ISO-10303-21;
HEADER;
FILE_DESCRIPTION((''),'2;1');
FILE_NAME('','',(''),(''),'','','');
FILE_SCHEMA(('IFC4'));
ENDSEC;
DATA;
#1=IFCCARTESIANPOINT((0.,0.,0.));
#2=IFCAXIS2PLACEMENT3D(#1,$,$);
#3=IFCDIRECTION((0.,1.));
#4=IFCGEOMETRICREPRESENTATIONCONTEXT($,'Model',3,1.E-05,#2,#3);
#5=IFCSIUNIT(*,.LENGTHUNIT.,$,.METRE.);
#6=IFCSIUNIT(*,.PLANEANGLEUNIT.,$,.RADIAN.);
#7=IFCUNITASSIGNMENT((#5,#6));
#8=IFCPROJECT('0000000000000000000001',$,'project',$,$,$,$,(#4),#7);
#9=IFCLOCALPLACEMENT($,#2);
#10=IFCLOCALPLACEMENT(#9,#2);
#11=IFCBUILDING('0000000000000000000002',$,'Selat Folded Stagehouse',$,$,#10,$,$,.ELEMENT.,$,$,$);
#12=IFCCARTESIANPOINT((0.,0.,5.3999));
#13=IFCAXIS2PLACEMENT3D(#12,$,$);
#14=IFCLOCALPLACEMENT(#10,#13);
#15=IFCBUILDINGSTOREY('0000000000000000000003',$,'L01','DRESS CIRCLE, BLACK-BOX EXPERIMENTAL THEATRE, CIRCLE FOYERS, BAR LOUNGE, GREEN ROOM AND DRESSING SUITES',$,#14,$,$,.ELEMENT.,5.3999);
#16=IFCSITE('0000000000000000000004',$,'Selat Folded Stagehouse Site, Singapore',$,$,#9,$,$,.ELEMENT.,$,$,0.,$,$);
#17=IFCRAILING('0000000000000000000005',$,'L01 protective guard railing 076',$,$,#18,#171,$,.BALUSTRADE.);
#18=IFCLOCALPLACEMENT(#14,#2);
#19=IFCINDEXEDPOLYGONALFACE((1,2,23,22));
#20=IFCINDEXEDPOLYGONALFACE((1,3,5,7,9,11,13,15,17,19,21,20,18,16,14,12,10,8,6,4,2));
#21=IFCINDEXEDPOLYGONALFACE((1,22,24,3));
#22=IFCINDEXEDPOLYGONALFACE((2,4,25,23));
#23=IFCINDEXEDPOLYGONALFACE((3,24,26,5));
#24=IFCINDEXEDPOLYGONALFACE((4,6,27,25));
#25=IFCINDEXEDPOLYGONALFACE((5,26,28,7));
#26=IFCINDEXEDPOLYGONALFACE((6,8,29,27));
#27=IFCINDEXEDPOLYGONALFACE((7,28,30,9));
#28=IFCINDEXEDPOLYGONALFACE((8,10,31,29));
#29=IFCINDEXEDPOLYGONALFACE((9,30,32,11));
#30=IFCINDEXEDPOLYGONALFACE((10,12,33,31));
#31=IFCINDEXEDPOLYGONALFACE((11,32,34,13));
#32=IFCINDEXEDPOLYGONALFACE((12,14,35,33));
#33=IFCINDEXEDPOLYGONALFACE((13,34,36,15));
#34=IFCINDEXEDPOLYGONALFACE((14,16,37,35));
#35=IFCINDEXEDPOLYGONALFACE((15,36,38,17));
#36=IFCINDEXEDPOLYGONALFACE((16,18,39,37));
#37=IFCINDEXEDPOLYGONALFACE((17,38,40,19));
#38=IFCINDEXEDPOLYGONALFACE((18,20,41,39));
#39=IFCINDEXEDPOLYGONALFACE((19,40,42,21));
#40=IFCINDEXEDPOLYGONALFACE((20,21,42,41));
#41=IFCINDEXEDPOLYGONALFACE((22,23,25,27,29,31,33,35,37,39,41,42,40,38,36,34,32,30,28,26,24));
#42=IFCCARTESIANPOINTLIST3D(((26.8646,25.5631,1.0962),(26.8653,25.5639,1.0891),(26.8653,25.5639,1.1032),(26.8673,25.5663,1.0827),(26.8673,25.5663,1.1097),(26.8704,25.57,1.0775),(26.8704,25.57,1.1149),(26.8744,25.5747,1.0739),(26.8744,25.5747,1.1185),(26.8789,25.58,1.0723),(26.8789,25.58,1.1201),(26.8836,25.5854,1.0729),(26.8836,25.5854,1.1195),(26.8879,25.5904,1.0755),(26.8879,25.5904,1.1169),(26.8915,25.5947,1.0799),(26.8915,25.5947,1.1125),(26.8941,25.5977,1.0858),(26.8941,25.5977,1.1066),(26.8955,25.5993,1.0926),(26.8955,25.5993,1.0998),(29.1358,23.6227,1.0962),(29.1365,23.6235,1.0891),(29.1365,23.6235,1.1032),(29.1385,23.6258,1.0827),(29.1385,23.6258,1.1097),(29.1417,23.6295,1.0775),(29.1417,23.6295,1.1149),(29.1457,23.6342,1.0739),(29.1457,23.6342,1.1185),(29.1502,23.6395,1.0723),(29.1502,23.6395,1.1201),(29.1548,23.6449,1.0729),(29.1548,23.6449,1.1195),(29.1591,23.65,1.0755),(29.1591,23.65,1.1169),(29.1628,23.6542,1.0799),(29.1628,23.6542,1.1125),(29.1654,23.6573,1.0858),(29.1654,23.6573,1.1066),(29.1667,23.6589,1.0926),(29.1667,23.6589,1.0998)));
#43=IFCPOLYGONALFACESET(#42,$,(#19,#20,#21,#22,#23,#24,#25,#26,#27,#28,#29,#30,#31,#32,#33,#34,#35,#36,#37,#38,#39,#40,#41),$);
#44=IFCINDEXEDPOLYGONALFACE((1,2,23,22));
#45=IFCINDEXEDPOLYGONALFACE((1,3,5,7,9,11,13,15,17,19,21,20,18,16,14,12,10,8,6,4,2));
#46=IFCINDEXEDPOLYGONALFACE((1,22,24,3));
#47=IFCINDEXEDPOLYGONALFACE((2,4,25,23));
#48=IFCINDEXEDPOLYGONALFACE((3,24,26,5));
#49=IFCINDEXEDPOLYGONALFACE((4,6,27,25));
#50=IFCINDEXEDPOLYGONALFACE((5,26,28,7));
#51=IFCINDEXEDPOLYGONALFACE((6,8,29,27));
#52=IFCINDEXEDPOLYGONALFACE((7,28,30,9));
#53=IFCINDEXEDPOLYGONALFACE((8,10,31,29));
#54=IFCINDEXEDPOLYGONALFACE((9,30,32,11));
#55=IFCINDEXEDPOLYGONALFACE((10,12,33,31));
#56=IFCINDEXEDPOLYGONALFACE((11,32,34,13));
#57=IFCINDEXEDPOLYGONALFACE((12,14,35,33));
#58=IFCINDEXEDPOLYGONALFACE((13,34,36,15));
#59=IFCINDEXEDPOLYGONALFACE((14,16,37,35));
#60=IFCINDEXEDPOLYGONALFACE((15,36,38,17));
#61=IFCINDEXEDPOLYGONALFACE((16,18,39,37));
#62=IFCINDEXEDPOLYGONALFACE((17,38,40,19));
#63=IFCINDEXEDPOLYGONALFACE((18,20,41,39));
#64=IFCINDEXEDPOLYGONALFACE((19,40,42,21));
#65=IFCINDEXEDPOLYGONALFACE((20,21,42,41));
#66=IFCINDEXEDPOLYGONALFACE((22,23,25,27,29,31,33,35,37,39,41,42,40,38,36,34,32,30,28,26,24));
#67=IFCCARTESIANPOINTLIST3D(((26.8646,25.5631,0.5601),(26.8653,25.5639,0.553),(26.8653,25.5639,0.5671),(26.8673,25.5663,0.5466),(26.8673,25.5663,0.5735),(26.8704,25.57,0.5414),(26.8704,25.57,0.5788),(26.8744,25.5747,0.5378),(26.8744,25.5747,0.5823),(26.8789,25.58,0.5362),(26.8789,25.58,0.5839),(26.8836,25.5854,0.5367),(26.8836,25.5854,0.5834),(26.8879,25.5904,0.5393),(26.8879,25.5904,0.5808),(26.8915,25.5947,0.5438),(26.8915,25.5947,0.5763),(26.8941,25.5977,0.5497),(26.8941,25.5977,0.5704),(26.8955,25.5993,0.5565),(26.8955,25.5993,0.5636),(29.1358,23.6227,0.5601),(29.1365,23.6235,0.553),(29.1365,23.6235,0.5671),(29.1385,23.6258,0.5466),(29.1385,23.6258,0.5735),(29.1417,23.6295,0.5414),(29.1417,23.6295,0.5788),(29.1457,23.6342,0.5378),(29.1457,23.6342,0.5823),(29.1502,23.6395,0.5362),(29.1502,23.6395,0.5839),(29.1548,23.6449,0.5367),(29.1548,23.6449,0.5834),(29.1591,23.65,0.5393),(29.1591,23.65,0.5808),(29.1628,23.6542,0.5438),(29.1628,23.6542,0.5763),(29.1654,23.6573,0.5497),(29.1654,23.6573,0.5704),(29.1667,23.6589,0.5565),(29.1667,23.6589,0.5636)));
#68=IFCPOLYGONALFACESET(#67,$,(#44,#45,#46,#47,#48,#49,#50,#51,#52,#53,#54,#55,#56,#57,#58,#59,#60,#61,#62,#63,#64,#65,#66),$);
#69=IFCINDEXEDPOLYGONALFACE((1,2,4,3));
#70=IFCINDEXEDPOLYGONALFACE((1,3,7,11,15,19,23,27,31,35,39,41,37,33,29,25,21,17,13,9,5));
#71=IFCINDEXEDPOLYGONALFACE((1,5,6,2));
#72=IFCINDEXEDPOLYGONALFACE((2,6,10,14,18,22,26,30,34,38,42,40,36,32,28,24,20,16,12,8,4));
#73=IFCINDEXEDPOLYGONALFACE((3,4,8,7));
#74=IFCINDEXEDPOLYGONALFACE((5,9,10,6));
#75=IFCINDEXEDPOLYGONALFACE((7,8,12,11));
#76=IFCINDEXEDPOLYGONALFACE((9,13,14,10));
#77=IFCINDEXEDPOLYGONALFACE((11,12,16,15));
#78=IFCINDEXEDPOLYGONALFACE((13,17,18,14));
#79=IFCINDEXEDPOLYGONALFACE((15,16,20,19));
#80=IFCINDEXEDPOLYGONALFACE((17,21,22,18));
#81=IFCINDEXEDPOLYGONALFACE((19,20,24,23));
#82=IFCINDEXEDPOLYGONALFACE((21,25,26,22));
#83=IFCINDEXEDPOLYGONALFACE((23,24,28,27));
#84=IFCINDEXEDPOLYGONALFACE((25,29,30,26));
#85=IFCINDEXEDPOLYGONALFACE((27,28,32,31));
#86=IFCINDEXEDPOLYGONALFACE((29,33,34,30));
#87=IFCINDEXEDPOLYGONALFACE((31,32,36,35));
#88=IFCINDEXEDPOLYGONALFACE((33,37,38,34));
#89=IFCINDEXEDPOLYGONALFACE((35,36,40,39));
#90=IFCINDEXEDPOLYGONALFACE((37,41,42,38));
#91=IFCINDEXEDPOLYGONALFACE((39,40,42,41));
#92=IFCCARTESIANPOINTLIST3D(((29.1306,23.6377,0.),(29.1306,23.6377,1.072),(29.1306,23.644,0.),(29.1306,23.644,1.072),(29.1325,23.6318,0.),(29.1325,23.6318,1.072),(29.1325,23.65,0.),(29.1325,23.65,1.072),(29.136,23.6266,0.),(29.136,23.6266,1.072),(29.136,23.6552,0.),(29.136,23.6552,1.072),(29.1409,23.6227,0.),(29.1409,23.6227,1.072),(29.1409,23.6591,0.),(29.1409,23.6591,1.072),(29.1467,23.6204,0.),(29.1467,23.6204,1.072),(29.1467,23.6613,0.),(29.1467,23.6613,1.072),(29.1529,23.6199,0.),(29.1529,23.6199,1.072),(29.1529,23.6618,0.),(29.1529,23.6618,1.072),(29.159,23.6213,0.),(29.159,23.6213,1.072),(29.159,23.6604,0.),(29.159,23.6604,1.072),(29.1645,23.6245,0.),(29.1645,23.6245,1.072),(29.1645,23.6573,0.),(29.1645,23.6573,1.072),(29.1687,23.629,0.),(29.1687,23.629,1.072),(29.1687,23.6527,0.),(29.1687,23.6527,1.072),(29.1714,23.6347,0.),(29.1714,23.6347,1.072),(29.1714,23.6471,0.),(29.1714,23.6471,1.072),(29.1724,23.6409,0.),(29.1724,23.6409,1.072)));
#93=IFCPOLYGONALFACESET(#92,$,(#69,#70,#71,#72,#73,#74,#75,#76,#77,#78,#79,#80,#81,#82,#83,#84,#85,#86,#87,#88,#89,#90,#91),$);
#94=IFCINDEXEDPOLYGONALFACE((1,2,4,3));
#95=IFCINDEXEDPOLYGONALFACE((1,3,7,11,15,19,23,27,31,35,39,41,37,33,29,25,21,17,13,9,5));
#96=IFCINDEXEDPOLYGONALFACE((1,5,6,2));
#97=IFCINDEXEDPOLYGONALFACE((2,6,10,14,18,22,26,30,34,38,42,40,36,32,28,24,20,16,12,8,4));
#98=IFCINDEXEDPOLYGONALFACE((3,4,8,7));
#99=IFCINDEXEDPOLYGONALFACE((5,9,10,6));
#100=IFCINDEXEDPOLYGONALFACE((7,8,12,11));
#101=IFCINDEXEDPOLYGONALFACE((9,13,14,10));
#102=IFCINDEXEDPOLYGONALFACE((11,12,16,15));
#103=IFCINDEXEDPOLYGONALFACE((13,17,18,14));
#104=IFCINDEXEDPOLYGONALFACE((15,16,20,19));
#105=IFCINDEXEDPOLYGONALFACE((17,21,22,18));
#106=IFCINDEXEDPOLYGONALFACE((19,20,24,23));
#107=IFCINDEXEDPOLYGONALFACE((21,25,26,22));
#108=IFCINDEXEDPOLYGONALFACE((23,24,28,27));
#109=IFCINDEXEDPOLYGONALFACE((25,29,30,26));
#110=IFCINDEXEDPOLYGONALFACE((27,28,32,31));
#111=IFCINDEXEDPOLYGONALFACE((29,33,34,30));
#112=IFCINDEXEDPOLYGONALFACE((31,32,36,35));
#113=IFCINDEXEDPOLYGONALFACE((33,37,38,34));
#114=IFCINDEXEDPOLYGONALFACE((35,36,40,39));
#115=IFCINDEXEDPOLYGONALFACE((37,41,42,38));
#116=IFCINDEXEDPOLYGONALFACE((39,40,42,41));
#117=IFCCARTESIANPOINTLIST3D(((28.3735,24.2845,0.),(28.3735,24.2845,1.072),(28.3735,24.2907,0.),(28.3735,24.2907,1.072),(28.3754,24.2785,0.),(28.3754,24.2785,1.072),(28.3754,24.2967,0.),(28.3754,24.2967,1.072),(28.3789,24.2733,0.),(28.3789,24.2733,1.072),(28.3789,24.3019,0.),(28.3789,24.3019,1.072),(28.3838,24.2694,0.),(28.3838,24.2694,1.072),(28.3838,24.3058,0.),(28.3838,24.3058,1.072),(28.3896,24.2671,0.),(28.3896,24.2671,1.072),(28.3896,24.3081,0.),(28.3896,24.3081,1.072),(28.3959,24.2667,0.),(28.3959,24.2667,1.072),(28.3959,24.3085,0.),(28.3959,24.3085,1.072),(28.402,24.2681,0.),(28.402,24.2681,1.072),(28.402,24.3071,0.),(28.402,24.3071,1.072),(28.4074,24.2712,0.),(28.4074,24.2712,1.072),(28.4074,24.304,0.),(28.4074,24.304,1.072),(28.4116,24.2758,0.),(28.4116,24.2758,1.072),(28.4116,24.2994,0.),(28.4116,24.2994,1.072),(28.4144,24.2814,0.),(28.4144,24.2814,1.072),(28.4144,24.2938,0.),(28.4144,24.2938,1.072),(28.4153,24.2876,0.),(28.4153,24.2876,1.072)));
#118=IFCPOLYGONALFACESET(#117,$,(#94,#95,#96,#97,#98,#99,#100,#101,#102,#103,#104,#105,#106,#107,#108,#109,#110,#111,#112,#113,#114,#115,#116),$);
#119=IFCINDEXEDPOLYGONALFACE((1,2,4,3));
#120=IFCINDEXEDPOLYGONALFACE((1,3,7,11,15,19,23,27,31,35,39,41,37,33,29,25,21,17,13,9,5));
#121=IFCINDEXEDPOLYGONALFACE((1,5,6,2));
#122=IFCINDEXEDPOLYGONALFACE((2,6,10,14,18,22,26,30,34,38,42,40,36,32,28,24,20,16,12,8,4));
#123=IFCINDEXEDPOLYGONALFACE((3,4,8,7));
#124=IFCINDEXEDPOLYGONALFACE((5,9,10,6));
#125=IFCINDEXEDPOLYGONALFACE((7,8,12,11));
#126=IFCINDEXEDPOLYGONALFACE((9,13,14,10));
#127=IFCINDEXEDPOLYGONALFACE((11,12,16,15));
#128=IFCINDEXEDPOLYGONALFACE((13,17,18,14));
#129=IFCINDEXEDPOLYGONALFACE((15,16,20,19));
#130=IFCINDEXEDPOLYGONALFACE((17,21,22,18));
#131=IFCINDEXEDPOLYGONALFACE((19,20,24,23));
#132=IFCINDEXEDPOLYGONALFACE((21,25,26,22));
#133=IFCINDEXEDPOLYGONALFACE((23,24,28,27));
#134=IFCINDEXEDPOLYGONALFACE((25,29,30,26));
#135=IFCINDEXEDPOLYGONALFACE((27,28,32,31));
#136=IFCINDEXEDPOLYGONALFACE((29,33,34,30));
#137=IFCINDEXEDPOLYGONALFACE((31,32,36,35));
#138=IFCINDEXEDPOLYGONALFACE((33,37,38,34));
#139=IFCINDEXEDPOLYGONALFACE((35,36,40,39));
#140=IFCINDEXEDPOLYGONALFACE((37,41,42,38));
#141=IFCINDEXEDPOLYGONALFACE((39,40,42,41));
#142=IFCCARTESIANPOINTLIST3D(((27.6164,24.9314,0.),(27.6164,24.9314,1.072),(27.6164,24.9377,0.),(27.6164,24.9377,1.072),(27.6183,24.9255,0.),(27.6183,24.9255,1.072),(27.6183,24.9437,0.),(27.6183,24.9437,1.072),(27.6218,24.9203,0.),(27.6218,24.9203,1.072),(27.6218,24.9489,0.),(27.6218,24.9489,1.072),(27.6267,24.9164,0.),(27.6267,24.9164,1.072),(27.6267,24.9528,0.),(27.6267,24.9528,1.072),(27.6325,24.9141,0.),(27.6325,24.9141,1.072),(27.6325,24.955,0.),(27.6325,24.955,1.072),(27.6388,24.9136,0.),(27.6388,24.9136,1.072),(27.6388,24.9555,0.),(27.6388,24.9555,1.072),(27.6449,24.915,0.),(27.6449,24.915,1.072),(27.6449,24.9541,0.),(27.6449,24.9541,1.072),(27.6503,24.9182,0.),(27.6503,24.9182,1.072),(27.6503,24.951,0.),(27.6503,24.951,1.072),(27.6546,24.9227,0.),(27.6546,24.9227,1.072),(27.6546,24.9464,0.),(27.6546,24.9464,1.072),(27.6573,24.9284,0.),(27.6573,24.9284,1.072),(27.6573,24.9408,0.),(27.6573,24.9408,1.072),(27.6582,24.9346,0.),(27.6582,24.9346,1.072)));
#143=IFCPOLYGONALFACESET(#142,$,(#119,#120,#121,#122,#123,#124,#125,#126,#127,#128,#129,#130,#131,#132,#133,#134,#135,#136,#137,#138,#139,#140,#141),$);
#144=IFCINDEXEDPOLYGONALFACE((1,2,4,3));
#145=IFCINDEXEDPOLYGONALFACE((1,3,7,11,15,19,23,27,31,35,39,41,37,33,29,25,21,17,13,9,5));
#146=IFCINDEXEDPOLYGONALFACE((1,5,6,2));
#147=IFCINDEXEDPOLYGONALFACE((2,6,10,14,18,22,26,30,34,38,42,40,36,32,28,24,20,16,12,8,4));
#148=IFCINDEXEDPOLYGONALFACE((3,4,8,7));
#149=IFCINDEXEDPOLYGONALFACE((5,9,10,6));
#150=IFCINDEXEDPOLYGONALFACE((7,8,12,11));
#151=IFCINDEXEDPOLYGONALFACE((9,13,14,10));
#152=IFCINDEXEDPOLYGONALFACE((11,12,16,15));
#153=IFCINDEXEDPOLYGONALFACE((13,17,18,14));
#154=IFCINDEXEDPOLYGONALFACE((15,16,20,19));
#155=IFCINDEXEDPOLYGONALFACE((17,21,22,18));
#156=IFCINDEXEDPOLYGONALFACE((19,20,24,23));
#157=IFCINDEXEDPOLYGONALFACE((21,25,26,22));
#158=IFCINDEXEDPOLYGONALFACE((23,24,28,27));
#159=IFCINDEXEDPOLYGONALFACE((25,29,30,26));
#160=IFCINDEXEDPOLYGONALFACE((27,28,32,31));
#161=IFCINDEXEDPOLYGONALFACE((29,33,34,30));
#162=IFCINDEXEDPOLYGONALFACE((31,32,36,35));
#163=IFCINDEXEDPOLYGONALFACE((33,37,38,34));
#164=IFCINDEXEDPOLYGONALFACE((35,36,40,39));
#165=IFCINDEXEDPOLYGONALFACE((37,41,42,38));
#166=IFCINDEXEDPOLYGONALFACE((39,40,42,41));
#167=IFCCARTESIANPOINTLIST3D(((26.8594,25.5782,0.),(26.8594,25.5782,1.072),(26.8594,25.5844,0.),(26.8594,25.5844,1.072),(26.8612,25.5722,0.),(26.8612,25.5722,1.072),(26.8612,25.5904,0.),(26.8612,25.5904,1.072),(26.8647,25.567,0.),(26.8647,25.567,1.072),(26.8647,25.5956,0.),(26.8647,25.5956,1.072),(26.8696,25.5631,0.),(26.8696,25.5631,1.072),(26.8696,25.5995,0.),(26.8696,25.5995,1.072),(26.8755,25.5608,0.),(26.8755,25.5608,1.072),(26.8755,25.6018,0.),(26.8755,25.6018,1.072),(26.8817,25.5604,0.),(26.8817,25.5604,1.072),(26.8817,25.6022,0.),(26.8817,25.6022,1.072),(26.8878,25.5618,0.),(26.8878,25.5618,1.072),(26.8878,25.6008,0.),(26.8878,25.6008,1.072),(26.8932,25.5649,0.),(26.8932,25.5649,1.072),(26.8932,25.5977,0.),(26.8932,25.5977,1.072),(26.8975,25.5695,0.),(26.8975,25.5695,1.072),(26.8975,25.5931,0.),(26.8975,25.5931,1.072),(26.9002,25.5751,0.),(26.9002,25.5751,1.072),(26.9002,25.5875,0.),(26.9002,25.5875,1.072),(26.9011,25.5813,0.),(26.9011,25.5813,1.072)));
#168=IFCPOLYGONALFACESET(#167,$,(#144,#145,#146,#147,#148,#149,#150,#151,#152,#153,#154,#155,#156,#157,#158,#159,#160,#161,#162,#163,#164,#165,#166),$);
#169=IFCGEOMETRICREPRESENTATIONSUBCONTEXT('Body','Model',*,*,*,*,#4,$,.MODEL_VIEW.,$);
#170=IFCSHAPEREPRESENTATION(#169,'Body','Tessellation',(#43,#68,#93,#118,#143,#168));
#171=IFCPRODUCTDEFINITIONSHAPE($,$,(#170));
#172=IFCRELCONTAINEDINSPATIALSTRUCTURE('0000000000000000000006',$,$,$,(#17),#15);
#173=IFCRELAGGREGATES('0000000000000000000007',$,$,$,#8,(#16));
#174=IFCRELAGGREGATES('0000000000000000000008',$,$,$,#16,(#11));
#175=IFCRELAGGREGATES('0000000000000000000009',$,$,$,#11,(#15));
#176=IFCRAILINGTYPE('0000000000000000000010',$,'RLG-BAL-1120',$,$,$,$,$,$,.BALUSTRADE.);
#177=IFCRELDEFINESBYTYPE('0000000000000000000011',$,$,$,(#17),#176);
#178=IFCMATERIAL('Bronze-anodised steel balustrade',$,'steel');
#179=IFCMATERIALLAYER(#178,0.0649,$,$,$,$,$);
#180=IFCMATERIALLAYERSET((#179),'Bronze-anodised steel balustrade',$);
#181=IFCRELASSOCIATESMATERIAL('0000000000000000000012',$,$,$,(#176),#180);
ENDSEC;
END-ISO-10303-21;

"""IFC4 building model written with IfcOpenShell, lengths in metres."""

from ifc_helpers import new_model, si_unit, direction, frame, origin, origin_2d, place, context, subcontext, project, spatial, circle, extrude, material, layer, layer_set, type_object, element, save


model = new_model("IFC4")

# Units and contexts
model_context = context("Model", 3, precision=1e-05, world=origin(), true_north=direction((0.0, 1.0)))
body_context = subcontext(model_context, "Body", "Model", "MODEL_VIEW")
ifc_project = project(units=[si_unit("LENGTHUNIT", "METRE"), si_unit("PLANEANGLEUNIT", "RADIAN")], contexts=[model_context])

# Site, building, storey
site_placement = place(None, origin())
site = spatial("IfcSite", under=ifc_project, at=site_placement, Name="Selat Folded Stagehouse Site, Singapore", CompositionType="ELEMENT", RefElevation=0.0)
building_placement = place(site_placement, origin())
building = spatial("IfcBuilding", under=site, at=building_placement, Name="Selat Folded Stagehouse", CompositionType="ELEMENT")
storey_placement = place(building_placement, frame((0.0, 0.0, 5.3999)))
storey = spatial("IfcBuildingStorey", under=building, at=storey_placement, Name="L01", Description="DRESS CIRCLE, BLACK-BOX EXPERIMENTAL THEATRE, CIRCLE FOYERS, BAR LOUNGE, GREEN ROOM AND DRESSING SUITES", CompositionType="ELEMENT", Elevation=5.3999)

# Railing
ifc_material_1 = material(Name="Bronze-anodised steel balustrade", Category="steel")
ifc_layer_1 = layer(ifc_material_1, 0.0649)
ifc_layer_set_1 = layer_set([ifc_layer_1], Name="Bronze-anodised steel balustrade")
railing_type = type_object("IfcRailingType", Name="RLG-BAL-1120", PredefinedType="BALUSTRADE", material=ifc_layer_set_1)
railing_1_placement = place(storey_placement, frame((29.1514, 23.6409, 0.0)))
element("IfcRailing", 1, at=railing_1_placement, inside=storey, type_object=railing_type, Name="L01 protective guard railing 076", PredefinedType="BALUSTRADE", context=body_context, shape_type="SweptSolid", body=[
    extrude(circle(Radius=0.0239, at=origin_2d()), frame((0.0, 0.0, 1.0962), z_axis=(-0.760306, 0.649566, 0.0), x_axis=(-0.649566, -0.760306, 0.0)), (0.0, 0.0, 1.0), 2.9873),
    extrude(circle(Radius=0.0239, at=origin_2d()), frame((0.0, 0.0, 0.5601), z_axis=(-0.760306, 0.649566, 0.0), x_axis=(-0.649566, -0.760306, 0.0)), (0.0, 0.0, 1.0), 2.9873),
    extrude(circle(Radius=0.021, at=origin_2d()), origin(), (0.0, 0.0, 1.0), 1.072),
    extrude(circle(Radius=0.021, at=origin_2d()), frame((-0.7571, 0.6467, 0.0)), (0.0, 0.0, 1.0), 1.072),
    extrude(circle(Radius=0.021, at=origin_2d()), frame((-1.5142, 1.2937, 0.0)), (0.0, 0.0, 1.0), 1.072),
    extrude(circle(Radius=0.021, at=origin_2d()), frame((-2.2712, 1.9404, 0.0)), (0.0, 0.0, 1.0), 1.072),
])

save(model, "model.ifc")
